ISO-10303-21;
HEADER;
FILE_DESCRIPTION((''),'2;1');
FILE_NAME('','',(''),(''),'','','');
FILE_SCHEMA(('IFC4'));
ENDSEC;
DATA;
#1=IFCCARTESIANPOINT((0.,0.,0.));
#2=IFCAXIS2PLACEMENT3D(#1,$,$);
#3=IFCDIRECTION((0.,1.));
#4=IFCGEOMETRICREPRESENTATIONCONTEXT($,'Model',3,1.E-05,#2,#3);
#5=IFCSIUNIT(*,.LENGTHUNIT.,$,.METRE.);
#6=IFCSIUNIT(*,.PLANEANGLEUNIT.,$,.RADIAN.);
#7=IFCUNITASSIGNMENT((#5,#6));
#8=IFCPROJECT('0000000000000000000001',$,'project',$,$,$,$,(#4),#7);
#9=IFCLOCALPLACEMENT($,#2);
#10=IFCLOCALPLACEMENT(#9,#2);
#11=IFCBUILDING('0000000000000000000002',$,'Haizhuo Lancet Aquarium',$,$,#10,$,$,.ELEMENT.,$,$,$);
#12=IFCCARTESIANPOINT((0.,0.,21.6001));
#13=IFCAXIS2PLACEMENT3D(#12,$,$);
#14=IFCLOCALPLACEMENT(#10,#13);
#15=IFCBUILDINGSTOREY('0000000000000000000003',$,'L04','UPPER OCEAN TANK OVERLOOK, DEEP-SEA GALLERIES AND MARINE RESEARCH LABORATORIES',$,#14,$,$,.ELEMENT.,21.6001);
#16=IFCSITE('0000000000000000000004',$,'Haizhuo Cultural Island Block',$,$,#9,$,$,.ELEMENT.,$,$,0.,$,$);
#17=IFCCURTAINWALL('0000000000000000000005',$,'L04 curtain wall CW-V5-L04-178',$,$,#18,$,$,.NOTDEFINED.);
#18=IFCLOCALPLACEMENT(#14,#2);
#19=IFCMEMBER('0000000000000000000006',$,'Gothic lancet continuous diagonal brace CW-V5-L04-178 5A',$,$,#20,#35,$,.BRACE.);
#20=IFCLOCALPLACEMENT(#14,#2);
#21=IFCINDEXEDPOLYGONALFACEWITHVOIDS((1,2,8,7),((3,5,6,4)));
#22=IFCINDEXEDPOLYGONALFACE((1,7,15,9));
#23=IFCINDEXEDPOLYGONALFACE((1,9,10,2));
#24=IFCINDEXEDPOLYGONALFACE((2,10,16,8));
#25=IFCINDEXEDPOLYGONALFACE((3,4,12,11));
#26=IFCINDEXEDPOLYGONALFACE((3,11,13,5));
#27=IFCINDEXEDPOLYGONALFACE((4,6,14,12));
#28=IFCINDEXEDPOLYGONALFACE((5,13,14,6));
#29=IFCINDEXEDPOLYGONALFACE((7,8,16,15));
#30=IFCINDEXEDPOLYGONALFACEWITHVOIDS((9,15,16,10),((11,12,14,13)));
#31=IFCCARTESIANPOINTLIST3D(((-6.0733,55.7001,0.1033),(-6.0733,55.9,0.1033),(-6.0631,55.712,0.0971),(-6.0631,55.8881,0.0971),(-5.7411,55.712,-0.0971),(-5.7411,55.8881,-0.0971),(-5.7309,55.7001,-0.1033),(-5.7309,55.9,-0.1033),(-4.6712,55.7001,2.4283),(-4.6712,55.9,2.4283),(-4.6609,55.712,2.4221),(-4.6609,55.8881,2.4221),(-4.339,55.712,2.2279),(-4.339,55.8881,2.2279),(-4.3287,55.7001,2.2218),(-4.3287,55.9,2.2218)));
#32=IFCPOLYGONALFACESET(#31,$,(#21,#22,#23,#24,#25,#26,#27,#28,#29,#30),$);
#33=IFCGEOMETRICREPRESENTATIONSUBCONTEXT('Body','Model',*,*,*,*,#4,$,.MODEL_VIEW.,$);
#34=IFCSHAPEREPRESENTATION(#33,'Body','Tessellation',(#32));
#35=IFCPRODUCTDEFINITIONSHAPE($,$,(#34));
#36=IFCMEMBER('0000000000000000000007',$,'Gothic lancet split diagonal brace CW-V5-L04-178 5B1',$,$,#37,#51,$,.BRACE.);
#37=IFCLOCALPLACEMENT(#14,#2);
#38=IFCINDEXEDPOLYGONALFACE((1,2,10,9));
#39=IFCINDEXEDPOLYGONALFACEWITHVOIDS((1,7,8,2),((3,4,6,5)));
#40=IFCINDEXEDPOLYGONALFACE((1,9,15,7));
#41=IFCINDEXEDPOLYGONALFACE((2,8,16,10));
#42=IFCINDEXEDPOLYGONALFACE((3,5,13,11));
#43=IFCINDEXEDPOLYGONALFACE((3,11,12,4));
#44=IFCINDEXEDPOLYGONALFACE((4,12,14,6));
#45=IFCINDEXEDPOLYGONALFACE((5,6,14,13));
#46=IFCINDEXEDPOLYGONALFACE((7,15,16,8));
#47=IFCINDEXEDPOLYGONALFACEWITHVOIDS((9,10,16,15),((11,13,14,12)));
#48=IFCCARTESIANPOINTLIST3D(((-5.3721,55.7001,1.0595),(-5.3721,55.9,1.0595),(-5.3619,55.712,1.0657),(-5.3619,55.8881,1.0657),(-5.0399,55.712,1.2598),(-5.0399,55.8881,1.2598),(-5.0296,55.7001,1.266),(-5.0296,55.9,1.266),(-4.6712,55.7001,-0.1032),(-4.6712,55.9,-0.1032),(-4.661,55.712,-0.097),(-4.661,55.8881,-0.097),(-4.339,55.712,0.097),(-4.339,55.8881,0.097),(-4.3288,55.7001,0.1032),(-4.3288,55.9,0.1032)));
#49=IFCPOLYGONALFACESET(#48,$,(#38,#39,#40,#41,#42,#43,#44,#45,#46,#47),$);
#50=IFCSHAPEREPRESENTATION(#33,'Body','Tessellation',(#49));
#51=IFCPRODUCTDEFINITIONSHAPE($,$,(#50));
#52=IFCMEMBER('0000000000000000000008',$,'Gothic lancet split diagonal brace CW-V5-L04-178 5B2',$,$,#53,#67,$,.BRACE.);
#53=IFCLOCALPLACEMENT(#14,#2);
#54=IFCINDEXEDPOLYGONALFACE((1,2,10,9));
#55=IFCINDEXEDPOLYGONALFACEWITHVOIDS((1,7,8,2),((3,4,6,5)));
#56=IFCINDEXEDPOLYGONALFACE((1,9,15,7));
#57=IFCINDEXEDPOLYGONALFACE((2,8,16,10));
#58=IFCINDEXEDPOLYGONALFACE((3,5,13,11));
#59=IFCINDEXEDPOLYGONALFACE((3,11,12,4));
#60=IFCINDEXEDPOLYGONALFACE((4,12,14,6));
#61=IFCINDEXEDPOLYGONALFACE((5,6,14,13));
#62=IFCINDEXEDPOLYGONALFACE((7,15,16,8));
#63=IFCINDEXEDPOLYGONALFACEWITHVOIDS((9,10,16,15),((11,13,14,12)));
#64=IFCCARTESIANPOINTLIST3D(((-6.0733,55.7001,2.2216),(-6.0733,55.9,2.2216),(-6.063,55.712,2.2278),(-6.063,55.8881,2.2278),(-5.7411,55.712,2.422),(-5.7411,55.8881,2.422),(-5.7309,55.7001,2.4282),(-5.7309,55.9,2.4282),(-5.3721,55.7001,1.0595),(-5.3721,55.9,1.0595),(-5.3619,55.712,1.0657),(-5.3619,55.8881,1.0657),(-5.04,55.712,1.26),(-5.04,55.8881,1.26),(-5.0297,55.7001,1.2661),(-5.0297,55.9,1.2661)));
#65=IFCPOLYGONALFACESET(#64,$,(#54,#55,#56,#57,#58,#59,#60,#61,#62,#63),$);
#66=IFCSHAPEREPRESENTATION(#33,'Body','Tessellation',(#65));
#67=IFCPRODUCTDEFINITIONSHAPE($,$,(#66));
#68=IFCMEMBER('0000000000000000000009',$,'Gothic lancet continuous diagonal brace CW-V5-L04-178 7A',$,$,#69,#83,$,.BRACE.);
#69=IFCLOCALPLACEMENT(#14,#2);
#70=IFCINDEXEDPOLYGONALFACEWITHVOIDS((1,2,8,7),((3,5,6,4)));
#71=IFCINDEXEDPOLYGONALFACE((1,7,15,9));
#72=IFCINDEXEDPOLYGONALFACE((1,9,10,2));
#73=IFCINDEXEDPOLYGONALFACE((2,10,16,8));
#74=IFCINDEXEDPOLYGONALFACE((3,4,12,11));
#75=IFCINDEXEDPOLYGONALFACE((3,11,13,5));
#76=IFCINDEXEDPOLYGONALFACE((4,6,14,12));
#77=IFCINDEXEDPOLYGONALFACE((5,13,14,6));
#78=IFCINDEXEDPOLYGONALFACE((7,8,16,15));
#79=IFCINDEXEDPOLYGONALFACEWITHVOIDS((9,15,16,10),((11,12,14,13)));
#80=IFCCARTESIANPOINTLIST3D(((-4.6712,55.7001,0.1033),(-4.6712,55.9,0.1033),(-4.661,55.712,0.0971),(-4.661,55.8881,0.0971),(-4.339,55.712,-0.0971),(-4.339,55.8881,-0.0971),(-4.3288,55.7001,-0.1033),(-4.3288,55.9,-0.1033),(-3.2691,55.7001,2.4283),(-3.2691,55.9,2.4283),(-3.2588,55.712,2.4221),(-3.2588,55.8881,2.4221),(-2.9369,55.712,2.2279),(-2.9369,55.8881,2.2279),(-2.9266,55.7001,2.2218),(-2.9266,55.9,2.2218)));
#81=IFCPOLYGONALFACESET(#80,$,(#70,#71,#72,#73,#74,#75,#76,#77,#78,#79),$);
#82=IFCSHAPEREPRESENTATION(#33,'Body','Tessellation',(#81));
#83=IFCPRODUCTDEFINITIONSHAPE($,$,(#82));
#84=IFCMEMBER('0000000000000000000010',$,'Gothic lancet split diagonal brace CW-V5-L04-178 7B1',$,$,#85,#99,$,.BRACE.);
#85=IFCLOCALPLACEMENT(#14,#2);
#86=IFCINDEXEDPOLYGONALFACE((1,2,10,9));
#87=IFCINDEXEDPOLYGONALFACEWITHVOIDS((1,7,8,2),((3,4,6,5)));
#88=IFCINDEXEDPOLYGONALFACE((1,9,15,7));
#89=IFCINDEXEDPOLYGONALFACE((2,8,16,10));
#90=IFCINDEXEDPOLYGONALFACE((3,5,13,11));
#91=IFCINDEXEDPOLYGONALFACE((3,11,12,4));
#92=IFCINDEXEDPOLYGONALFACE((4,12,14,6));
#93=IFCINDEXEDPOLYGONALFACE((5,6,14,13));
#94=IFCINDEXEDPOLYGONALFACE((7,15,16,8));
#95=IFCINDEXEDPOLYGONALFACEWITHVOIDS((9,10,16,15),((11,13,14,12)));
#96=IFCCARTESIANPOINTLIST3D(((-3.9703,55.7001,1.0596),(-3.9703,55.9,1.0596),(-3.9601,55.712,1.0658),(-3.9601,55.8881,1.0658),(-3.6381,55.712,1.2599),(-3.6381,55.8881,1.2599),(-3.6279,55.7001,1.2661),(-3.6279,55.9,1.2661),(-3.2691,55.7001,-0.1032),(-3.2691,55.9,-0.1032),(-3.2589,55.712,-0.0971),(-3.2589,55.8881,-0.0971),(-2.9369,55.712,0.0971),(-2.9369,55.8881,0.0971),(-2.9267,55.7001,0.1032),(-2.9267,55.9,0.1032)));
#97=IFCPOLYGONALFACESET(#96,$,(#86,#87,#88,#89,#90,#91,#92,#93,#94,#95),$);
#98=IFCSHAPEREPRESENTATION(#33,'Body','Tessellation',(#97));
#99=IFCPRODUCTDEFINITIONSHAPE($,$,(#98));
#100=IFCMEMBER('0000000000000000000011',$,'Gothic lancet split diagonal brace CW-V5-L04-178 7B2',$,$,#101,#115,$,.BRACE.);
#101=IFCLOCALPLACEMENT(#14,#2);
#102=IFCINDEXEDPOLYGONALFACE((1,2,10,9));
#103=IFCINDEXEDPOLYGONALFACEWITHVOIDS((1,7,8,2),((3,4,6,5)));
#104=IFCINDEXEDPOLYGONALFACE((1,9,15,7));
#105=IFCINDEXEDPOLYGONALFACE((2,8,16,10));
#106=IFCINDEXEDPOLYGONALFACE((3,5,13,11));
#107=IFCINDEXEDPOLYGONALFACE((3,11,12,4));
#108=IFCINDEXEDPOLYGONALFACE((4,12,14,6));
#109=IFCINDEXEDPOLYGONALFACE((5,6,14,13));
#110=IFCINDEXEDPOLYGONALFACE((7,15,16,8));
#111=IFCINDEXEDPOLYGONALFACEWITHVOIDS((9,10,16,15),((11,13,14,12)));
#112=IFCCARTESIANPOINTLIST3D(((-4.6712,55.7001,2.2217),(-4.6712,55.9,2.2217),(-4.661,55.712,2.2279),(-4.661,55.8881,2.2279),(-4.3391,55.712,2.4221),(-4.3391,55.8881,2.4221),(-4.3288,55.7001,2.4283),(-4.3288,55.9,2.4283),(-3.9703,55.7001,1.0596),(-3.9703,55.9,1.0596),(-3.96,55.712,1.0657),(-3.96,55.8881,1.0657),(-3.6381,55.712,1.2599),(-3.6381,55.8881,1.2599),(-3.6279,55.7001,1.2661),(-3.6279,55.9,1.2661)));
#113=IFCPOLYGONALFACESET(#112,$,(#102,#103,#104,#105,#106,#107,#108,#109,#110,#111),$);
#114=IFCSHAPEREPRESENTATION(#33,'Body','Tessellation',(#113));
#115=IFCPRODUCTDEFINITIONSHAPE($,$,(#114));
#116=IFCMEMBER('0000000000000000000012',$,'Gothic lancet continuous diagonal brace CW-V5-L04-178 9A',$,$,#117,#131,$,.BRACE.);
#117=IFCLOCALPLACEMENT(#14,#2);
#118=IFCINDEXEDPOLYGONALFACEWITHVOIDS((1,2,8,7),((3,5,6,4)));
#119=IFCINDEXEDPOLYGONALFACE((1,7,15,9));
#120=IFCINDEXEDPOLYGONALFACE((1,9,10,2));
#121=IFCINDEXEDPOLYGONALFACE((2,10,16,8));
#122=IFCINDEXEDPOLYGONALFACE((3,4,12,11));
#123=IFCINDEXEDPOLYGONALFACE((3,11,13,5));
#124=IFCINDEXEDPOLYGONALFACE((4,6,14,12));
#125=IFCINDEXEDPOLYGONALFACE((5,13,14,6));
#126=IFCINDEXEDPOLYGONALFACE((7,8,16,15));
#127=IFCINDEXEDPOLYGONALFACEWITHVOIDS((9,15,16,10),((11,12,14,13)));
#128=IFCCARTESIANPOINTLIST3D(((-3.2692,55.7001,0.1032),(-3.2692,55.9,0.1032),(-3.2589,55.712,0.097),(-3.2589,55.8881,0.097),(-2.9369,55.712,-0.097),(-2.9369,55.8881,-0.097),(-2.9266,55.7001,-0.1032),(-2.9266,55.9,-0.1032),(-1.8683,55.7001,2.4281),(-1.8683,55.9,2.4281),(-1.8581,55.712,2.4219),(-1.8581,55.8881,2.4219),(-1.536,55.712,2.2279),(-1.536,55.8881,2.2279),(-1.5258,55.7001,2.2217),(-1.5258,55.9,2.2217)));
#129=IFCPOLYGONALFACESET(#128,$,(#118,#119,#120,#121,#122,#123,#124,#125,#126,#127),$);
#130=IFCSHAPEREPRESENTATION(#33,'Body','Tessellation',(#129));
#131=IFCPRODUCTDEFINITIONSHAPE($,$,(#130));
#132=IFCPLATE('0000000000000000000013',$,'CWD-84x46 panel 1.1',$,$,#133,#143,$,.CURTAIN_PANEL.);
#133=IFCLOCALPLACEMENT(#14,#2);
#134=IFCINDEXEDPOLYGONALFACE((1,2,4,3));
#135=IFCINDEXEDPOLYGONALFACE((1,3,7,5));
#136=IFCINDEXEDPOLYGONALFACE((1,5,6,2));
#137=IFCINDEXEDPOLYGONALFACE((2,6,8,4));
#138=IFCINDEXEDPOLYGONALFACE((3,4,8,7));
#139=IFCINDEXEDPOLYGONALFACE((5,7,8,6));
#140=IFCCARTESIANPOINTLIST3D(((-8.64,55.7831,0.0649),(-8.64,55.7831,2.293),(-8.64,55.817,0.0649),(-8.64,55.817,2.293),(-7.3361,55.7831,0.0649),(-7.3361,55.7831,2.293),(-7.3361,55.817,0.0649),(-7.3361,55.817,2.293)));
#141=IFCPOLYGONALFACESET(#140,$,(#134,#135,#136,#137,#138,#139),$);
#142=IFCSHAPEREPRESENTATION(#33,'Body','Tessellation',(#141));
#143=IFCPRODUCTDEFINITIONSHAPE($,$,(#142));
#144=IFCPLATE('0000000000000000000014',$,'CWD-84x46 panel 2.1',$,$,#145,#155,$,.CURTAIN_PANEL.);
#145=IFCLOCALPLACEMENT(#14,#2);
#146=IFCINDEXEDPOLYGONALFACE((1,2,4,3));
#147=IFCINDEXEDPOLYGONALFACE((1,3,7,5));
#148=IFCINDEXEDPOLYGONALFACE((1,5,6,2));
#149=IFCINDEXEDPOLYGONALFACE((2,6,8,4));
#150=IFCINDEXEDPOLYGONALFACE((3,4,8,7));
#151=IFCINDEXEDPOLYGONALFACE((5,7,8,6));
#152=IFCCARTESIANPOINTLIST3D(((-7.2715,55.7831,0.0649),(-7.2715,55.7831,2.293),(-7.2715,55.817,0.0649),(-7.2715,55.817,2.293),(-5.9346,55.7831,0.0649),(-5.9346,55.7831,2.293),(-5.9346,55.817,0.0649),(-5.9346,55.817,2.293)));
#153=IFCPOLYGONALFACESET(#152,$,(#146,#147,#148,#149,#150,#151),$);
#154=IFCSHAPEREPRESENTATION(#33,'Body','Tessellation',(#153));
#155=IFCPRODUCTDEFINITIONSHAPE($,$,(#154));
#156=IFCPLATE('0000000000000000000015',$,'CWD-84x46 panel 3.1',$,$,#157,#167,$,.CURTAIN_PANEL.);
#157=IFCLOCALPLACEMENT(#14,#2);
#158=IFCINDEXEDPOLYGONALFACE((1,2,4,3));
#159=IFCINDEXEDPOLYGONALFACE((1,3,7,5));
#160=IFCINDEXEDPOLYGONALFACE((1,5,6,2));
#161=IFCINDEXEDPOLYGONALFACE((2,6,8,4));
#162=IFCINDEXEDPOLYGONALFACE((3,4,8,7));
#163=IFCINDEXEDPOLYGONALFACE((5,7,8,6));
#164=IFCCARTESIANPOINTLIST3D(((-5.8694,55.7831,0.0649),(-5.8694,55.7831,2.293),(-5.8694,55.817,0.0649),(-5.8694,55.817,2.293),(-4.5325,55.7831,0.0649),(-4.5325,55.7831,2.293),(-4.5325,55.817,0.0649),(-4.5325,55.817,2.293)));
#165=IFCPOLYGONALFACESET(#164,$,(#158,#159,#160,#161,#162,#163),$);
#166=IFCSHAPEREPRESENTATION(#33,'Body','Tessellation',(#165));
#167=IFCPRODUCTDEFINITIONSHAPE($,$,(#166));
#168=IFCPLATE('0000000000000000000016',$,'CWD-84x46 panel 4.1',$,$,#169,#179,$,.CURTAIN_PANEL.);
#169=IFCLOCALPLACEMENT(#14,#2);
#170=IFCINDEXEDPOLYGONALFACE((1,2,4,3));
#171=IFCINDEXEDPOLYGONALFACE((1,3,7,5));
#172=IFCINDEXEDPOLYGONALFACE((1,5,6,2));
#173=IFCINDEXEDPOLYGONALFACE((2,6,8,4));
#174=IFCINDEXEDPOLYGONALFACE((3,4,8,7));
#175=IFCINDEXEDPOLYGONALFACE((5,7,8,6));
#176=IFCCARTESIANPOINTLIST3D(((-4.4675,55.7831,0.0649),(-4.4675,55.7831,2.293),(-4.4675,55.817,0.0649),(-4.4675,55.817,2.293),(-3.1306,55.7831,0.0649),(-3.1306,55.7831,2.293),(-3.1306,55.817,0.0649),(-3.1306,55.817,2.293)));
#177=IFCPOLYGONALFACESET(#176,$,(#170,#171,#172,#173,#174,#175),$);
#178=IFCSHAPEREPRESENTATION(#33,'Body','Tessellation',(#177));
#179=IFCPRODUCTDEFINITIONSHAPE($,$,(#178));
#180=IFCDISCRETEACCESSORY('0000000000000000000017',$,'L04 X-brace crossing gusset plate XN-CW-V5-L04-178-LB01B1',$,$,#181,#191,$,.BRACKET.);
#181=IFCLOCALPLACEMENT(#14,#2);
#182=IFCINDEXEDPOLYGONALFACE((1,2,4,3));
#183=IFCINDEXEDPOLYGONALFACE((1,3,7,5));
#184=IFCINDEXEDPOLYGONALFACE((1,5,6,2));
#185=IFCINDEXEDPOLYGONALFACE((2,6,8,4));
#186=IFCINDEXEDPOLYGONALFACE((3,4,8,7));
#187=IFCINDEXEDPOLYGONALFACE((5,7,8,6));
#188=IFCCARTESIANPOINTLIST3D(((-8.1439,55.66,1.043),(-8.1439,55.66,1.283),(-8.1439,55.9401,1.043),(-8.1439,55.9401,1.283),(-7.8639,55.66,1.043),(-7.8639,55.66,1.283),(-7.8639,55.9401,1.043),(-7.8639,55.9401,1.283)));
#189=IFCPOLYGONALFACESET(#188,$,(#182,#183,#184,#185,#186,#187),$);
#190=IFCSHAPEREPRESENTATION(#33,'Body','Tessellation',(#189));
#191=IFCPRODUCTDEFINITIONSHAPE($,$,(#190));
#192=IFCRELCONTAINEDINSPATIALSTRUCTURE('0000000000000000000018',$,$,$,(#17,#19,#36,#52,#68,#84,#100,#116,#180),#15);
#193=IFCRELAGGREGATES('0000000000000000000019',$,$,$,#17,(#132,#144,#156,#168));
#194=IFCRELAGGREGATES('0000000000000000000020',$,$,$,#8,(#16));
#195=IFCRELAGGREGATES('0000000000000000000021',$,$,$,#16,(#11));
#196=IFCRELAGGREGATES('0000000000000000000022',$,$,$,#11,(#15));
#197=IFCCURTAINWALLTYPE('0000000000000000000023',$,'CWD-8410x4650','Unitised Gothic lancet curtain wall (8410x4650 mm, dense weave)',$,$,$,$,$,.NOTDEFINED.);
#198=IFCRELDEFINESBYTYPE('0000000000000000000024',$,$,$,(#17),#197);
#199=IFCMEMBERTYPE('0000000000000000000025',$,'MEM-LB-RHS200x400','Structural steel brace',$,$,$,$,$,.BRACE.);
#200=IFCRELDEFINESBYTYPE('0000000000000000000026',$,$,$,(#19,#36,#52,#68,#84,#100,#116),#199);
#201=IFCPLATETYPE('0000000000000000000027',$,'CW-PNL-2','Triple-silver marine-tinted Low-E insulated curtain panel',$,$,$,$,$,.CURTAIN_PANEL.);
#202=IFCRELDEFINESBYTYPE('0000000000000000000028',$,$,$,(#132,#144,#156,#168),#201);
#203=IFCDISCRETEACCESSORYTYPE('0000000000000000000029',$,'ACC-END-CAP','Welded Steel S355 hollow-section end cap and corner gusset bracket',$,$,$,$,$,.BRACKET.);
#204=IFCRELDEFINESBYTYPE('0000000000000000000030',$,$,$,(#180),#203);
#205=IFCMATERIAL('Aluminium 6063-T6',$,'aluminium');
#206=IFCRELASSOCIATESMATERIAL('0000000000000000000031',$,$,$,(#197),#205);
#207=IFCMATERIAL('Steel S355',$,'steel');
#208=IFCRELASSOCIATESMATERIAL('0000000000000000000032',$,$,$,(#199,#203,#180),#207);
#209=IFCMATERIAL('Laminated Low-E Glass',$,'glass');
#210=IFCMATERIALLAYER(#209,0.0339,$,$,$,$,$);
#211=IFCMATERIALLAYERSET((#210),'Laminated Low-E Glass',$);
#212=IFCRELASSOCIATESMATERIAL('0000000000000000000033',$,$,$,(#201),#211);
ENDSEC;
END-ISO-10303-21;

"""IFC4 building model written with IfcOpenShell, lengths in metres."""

from ifc_helpers import new_model, si_unit, direction, frame, origin, origin_2d, place, context, subcontext, project, spatial, rectangle, hollow_rectangle, extrude, material, layer, layer_set, material_profile, profile_set, type_object, element, aggregate, save


model = new_model("IFC4")

# Units and contexts
model_context = context("Model", 3, precision=1e-05, world=origin(), true_north=direction((0.0, 1.0)))
body_context = subcontext(model_context, "Body", "Model", "MODEL_VIEW")
ifc_project = project(units=[si_unit("LENGTHUNIT", "METRE"), si_unit("PLANEANGLEUNIT", "RADIAN")], contexts=[model_context])

# Site, building, storey
site_placement = place(None, origin())
site = spatial("IfcSite", under=ifc_project, at=site_placement, Name="Haizhuo Cultural Island Block", CompositionType="ELEMENT", RefElevation=0.0)
building_placement = place(site_placement, origin())
building = spatial("IfcBuilding", under=site, at=building_placement, Name="Haizhuo Lancet Aquarium", CompositionType="ELEMENT")
storey_placement = place(building_placement, frame((0.0, 0.0, 21.6001)))
storey = spatial("IfcBuildingStorey", under=building, at=storey_placement, Name="L04", Description="UPPER OCEAN TANK OVERLOOK, DEEP-SEA GALLERIES AND MARINE RESEARCH LABORATORIES", CompositionType="ELEMENT", Elevation=21.6001)

# Curtain wall
ifc_material_1 = material(Name="Aluminium 6063-T6", Category="aluminium")
curtain_wall_type = type_object("IfcCurtainWallType", Name="CWD-8410x4650", Description="Unitised Gothic lancet curtain wall (8410x4650 mm, dense weave)", PredefinedType="NOTDEFINED", material=ifc_material_1)
curtain_wall_placement = place(storey_placement, origin())
curtain_wall = element("IfcCurtainWall", 1, at=curtain_wall_placement, inside=storey, type_object=curtain_wall_type, Name="L04 curtain wall CW-V5-L04-178", PredefinedType="NOTDEFINED")

# Members
ifc_material_2 = material(Name="Steel S355", Category="steel")
ifc_material_profile_1 = material_profile(ifc_material_2, hollow_rectangle(XDim=0.2, YDim=0.3999, WallThickness=0.012, at=origin_2d()), Name="RHS 200x400x12")
ifc_profile_set_1 = profile_set([ifc_material_profile_1], Name="Steel S355")
member_type_1 = type_object("IfcMemberType", Name="MEM-LB-RHS200x400", Description="Structural steel brace", PredefinedType="BRACE", material=ifc_profile_set_1)
member_1_placement = place(storey_placement, frame((-5.9021, 55.8, 0.0), z_axis=(0.516425, 0.0, 0.856332), x_axis=(0.0, 1.0, 0.0)))
element("IfcMember", 2, at=member_1_placement, inside=storey, type_object=member_type_1, Name="Gothic lancet continuous diagonal brace CW-V5-L04-178 5A", PredefinedType="BRACE", context=body_context, shape_type="SweptSolid", body=[
    extrude(hollow_rectangle(XDim=0.2, YDim=0.3999, WallThickness=0.012, at=origin_2d()), origin(), (0.0, 0.0, 1.0), 2.7151),
])
member_2_placement = place(storey_placement, frame((-4.5, 55.8, 0.0), z_axis=(-0.51624, 0.0, 0.856444), x_axis=(0.0, -1.0, 0.0)))
element("IfcMember", 3, at=member_2_placement, inside=storey, type_object=member_type_1, Name="Gothic lancet split diagonal brace CW-V5-L04-178 5B1", PredefinedType="BRACE", context=body_context, shape_type="SweptSolid", body=[
    extrude(hollow_rectangle(XDim=0.2, YDim=0.3999, WallThickness=0.012, at=origin_2d()), origin(), (0.0, 0.0, 1.0), 1.3577),
])
member_3_placement = place(storey_placement, frame((-5.2009, 55.8, 1.1628), z_axis=(-0.51661, 0.0, 0.856221), x_axis=(0.0, -1.0, 0.0)))
element("IfcMember", 4, at=member_3_placement, inside=storey, type_object=member_type_1, Name="Gothic lancet split diagonal brace CW-V5-L04-178 5B2", PredefinedType="BRACE", context=body_context, shape_type="SweptSolid", body=[
    extrude(hollow_rectangle(XDim=0.2, YDim=0.3999, WallThickness=0.012, at=origin_2d()), origin(), (0.0, 0.0, 1.0), 1.3572),
])
member_4_placement = place(storey_placement, frame((-4.5, 55.8, 0.0), z_axis=(0.516425, 0.0, 0.856332), x_axis=(0.0, 1.0, 0.0)))
element("IfcMember", 5, at=member_4_placement, inside=storey, type_object=member_type_1, Name="Gothic lancet continuous diagonal brace CW-V5-L04-178 7A", PredefinedType="BRACE", context=body_context, shape_type="SweptSolid", body=[
    extrude(hollow_rectangle(XDim=0.2, YDim=0.3999, WallThickness=0.012, at=origin_2d()), origin(), (0.0, 0.0, 1.0), 2.7151),
])
member_5_placement = place(storey_placement, frame((-3.0979, 55.8, 0.0), z_axis=(-0.516372, 0.0, 0.856365), x_axis=(0.0, -1.0, 0.0)))
element("IfcMember", 6, at=member_5_placement, inside=storey, type_object=member_type_1, Name="Gothic lancet split diagonal brace CW-V5-L04-178 7B1", PredefinedType="BRACE", context=body_context, shape_type="SweptSolid", body=[
    extrude(hollow_rectangle(XDim=0.2, YDim=0.3999, WallThickness=0.012, at=origin_2d()), origin(), (0.0, 0.0, 1.0), 1.3579),
])
member_6_placement = place(storey_placement, frame((-3.7991, 55.8, 1.1628), z_axis=(-0.516479, 0.0, 0.8563), x_axis=(0.0, -1.0, 0.0)))
element("IfcMember", 7, at=member_6_placement, inside=storey, type_object=member_type_1, Name="Gothic lancet split diagonal brace CW-V5-L04-178 7B2", PredefinedType="BRACE", context=body_context, shape_type="SweptSolid", body=[
    extrude(hollow_rectangle(XDim=0.2, YDim=0.3999, WallThickness=0.012, at=origin_2d()), origin(), (0.0, 0.0, 1.0), 1.3572),
])
member_7_placement = place(storey_placement, frame((-3.0979, 55.8, 0.0), z_axis=(0.516095, 0.0, 0.856531), x_axis=(0.0, 1.0, 0.0)))
element("IfcMember", 8, at=member_7_placement, inside=storey, type_object=member_type_1, Name="Gothic lancet continuous diagonal brace CW-V5-L04-178 9A", PredefinedType="BRACE", context=body_context, shape_type="SweptSolid", body=[
    extrude(hollow_rectangle(XDim=0.2, YDim=0.3999, WallThickness=0.012, at=origin_2d()), origin(), (0.0, 0.0, 1.0), 2.7144),
])

# Plates
ifc_material_3 = material(Name="Laminated Low-E Glass", Category="glass")
ifc_layer = layer(ifc_material_3, 0.0339)
ifc_layer_set = layer_set([ifc_layer], Name="Laminated Low-E Glass")
plate_type = type_object("IfcPlateType", Name="CW-PNL-2", Description="Triple-silver marine-tinted Low-E insulated curtain panel", PredefinedType="CURTAIN_PANEL", material=ifc_layer_set)
plate_1_placement = place(storey_placement, frame((-7.988, 55.8, 0.0649), z_axis=(0.0, 0.0, 1.0), x_axis=(1.0, 0.0, 0.0)))
plate_1 = element("IfcPlate", 9, at=plate_1_placement, type_object=plate_type, Name="CWD-84x46 panel 1.1", PredefinedType="CURTAIN_PANEL", context=body_context, shape_type="SweptSolid", body=[
    extrude(rectangle(XDim=1.304, YDim=0.0339, at=origin_2d()), origin(), (0.0, 0.0, 1.0), 2.228),
])
plate_2_placement = place(storey_placement, frame((-6.603, 55.8, 0.0649), z_axis=(0.0, 0.0, 1.0), x_axis=(1.0, 0.0, 0.0)))
plate_2 = element("IfcPlate", 10, at=plate_2_placement, type_object=plate_type, Name="CWD-84x46 panel 2.1", PredefinedType="CURTAIN_PANEL", context=body_context, shape_type="SweptSolid", body=[
    extrude(rectangle(XDim=1.3369, YDim=0.0339, at=origin_2d()), origin(), (0.0, 0.0, 1.0), 2.228),
])
plate_3_placement = place(storey_placement, frame((-5.2009, 55.8, 0.0649), z_axis=(0.0, 0.0, 1.0), x_axis=(1.0, 0.0, 0.0)))
plate_3 = element("IfcPlate", 11, at=plate_3_placement, type_object=plate_type, Name="CWD-84x46 panel 3.1", PredefinedType="CURTAIN_PANEL", context=body_context, shape_type="SweptSolid", body=[
    extrude(rectangle(XDim=1.3369, YDim=0.0339, at=origin_2d()), origin(), (0.0, 0.0, 1.0), 2.228),
])
plate_4_placement = place(storey_placement, frame((-3.7991, 55.8, 0.0649), z_axis=(0.0, 0.0, 1.0), x_axis=(1.0, 0.0, 0.0)))
plate_4 = element("IfcPlate", 12, at=plate_4_placement, type_object=plate_type, Name="CWD-84x46 panel 4.1", PredefinedType="CURTAIN_PANEL", context=body_context, shape_type="SweptSolid", body=[
    extrude(rectangle(XDim=1.3369, YDim=0.0339, at=origin_2d()), origin(), (0.0, 0.0, 1.0), 2.228),
])
aggregate(curtain_wall, [plate_1, plate_2, plate_3, plate_4])

# Discrete accessory
discrete_accessory_type = type_object("IfcDiscreteAccessoryType", Name="ACC-END-CAP", Description="Welded Steel S355 hollow-section end cap and corner gusset bracket", PredefinedType="BRACKET", material=ifc_material_2)
for number, where, z_axis, x_axis, name in (
    (13, (-8.0039, 55.8, 1.043), (0.0, 0.0, 1.0), (1.0, 0.0, 0.0), "L04 X-brace crossing gusset plate XN-CW-V5-L04-178-LB01B1"),
):
    element("IfcDiscreteAccessory", number, at=place(storey_placement, frame(where, z_axis=z_axis, x_axis=x_axis)), inside=storey, type_object=discrete_accessory_type, material=ifc_material_2, Name=name, PredefinedType="BRACKET", context=body_context, shape_type="SweptSolid", body=[
        extrude(rectangle(XDim=0.28, YDim=0.28, at=origin_2d()), origin(), (0.0, 0.0, 1.0), 0.24),
    ])

save(model, "model.ifc")
